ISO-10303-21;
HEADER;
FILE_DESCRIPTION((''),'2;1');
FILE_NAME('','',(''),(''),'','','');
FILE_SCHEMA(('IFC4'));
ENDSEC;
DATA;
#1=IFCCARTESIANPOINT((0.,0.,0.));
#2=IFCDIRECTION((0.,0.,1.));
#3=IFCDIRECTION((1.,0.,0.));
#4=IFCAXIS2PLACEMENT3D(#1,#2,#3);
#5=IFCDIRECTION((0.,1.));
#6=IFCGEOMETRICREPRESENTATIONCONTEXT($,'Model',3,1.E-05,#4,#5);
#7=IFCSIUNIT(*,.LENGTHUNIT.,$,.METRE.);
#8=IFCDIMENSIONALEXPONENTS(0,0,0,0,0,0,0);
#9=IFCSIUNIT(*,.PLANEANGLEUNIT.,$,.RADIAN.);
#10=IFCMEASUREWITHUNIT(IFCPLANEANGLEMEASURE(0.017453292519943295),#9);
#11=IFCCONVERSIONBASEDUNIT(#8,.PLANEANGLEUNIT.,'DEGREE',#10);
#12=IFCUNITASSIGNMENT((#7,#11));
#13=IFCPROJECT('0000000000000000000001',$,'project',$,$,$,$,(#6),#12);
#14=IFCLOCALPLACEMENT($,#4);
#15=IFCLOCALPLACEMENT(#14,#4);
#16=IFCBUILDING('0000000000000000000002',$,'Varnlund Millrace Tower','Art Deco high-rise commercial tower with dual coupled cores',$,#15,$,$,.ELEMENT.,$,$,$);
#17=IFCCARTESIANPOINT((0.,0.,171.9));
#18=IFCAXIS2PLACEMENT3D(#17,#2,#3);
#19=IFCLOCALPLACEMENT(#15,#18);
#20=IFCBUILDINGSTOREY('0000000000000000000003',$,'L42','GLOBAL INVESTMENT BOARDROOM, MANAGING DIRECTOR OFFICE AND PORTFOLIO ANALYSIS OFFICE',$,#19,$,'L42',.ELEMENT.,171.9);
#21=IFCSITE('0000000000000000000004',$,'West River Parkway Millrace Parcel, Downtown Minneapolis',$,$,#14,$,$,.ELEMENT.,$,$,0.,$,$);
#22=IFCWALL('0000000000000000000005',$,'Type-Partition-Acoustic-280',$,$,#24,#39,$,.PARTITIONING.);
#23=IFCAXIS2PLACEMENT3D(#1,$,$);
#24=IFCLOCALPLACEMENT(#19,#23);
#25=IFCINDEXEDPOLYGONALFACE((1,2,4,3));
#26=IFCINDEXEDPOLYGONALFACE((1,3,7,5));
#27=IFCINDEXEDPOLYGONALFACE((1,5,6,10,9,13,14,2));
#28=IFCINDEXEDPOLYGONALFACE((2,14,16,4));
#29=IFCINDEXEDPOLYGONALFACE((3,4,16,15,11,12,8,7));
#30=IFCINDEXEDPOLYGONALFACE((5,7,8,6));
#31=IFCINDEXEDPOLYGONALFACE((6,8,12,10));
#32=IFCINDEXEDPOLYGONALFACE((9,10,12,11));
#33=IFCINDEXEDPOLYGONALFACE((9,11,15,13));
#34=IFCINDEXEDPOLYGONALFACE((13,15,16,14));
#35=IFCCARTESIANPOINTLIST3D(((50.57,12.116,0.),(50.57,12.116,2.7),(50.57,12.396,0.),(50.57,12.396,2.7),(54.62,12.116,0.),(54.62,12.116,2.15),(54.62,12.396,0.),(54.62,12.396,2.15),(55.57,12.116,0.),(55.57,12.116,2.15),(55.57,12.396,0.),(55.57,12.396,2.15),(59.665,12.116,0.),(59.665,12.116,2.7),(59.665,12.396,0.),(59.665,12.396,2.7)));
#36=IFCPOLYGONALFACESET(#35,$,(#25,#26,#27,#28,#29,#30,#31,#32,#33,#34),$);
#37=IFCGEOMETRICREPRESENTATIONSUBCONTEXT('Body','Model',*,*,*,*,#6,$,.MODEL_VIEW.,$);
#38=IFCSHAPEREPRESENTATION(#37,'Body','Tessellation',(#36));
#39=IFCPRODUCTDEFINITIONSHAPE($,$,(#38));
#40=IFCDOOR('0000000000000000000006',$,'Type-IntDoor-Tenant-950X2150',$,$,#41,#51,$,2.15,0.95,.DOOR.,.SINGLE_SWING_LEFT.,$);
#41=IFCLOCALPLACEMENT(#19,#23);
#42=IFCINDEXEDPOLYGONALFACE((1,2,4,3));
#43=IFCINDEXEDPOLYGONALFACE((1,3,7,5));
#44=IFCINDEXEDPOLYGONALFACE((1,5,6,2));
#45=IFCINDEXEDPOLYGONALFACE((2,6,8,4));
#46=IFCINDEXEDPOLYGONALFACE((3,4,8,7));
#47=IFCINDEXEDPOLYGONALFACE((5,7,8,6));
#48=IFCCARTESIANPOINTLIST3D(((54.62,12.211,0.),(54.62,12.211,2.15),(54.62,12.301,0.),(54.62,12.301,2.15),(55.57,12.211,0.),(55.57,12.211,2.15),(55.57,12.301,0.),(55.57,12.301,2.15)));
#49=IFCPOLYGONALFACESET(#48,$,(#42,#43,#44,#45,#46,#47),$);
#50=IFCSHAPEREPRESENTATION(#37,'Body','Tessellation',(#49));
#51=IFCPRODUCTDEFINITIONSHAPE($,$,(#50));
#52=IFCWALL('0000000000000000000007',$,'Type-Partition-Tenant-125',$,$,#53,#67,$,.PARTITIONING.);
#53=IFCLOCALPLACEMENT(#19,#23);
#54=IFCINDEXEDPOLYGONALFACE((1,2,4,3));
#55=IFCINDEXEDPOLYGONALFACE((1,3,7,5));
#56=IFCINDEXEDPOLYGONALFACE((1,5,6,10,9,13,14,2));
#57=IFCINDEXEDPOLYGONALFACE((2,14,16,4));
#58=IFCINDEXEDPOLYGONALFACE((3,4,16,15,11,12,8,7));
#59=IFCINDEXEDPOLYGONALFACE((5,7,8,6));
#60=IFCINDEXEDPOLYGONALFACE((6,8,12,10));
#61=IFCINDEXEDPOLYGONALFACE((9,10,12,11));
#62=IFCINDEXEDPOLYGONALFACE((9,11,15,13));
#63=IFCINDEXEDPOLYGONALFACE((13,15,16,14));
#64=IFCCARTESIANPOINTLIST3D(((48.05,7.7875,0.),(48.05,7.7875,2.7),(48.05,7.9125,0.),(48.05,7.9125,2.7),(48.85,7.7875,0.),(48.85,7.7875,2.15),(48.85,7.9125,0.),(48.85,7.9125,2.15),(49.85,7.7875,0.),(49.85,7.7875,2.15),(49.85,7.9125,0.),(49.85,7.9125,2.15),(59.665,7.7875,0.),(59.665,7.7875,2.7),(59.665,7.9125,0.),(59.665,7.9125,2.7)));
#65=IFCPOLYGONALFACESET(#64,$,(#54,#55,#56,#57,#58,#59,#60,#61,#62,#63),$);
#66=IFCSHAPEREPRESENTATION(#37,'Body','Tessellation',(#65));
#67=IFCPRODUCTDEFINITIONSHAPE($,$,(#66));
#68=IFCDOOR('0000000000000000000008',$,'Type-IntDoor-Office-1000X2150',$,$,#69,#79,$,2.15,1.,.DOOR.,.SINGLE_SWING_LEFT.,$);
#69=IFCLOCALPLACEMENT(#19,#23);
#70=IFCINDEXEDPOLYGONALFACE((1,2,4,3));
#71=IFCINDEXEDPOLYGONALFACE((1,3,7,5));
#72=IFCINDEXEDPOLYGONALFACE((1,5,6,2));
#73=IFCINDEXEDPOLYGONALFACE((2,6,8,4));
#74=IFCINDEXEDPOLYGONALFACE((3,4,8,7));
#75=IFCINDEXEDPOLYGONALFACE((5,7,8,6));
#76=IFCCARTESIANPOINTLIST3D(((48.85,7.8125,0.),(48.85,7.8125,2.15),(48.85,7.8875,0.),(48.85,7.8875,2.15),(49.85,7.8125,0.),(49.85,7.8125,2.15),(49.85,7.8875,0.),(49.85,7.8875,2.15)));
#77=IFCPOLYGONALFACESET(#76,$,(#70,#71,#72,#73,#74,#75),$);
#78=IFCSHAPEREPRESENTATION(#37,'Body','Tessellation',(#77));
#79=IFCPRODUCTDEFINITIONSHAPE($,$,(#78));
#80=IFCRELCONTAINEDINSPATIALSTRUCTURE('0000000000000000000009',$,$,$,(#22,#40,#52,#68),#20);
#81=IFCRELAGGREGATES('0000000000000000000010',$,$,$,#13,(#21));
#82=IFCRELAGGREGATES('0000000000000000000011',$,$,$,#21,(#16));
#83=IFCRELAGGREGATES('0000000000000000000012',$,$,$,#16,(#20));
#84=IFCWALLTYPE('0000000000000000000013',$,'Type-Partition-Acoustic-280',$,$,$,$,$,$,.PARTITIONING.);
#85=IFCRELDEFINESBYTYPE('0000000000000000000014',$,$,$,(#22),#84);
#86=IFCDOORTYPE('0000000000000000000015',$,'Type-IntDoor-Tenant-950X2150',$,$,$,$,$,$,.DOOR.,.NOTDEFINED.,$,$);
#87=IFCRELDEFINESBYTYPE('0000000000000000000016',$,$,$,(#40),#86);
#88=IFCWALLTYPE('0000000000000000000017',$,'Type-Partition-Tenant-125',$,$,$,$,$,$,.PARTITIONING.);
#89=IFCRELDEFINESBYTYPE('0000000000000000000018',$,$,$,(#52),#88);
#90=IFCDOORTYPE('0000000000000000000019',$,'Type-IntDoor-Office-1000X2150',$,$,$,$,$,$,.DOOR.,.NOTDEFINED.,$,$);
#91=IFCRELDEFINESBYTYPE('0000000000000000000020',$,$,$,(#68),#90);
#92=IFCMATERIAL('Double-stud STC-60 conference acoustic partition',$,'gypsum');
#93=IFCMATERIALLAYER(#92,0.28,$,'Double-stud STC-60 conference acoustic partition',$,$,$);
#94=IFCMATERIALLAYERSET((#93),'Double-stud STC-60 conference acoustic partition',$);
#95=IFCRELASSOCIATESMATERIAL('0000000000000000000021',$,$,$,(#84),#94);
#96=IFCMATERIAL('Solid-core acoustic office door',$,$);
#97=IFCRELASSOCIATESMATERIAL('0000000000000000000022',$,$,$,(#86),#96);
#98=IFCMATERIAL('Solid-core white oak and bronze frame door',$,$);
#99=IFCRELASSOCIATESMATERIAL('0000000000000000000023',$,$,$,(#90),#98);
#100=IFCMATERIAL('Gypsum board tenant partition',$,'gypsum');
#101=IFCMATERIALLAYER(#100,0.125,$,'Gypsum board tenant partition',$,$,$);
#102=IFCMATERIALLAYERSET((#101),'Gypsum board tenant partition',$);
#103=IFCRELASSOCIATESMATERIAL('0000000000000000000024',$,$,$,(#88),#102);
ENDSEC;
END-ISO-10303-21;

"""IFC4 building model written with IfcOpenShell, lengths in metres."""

from ifc_helpers import new_model, entity, si_unit, converted_unit, direction, frame, origin_with_axes, origin_2d_with_axis, place, context, subcontext, project, spatial, polyline, rectangle, outline, extrude, material, layer, layer_set, type_object, element, fill, save


model = new_model("IFC4")

# Units and contexts
model_context = context("Model", 3, precision=1e-05, world=origin_with_axes(), true_north=direction((0.0, 1.0)))
body_context = subcontext(model_context, "Body", "Model", "MODEL_VIEW")
ifc_project = project(units=[si_unit("LENGTHUNIT", "METRE"), converted_unit("PLANEANGLEUNIT", "DEGREE", entity("IfcPlaneAngleMeasure", 0.017453292519943295), si_unit("PLANEANGLEUNIT", "RADIAN"), dimensions=[0, 0, 0, 0, 0, 0, 0])], contexts=[model_context])

# Site, building, storey
site_placement = place(None, origin_with_axes())
site = spatial("IfcSite", under=ifc_project, at=site_placement, Name="West River Parkway Millrace Parcel, Downtown Minneapolis", CompositionType="ELEMENT", RefElevation=0.0)
building_placement = place(site_placement, origin_with_axes())
building = spatial("IfcBuilding", under=site, at=building_placement, Name="Varnlund Millrace Tower", Description="Art Deco high-rise commercial tower with dual coupled cores", CompositionType="ELEMENT")
storey_placement = place(building_placement, frame((0.0, 0.0, 171.9), z_axis=(0.0, 0.0, 1.0), x_axis=(1.0, 0.0, 0.0)))
storey = spatial("IfcBuildingStorey", under=building, at=storey_placement, Name="L42", Description="GLOBAL INVESTMENT BOARDROOM, MANAGING DIRECTOR OFFICE AND PORTFOLIO ANALYSIS OFFICE", LongName="L42", CompositionType="ELEMENT", Elevation=171.9)

# Wall, opening, door
ifc_material_1 = material(Name="Double-stud STC-60 conference acoustic partition", Category="gypsum")
ifc_layer_1 = layer(ifc_material_1, 0.28, Name="Double-stud STC-60 conference acoustic partition")
ifc_layer_set_1 = layer_set([ifc_layer_1], Name="Double-stud STC-60 conference acoustic partition")
wall_type_1 = type_object("IfcWallType", Name="Type-Partition-Acoustic-280", PredefinedType="PARTITIONING", material=ifc_layer_set_1)
wall_1_placement = place(storey_placement, frame((50.57, 12.256, 0.0), z_axis=(0.0, 0.0, 1.0), x_axis=(1.0, 0.0, 0.0)))
wall_1 = element("IfcWall", 1, at=wall_1_placement, inside=storey, type_object=wall_type_1, Name="Type-Partition-Acoustic-280", PredefinedType="PARTITIONING", context=body_context, shape_type="SweptSolid", body=[
    extrude(outline(polyline([(0.0, -0.14), (9.095, -0.14), (9.095, 0.14), (0.0, 0.14), (0.0, -0.14)])), origin_with_axes(), (0.0, 0.0, 1.0), 2.7),
])
opening_1_placement = place(wall_1_placement, frame((4.525, 0.0, 0.0), z_axis=(0.0, 0.0, 1.0), x_axis=(1.0, 0.0, 0.0)))
opening_1 = element("IfcOpeningElement", 2, at=opening_1_placement, cuts=wall_1, PredefinedType="OPENING", context=body_context, shape_type="SweptSolid", body=[
    extrude(rectangle(XDim=0.95, YDim=0.3, at=origin_2d_with_axis()), origin_with_axes(), (0.0, 0.0, 1.0), 2.15),
])
ifc_material_2 = material(Name="Solid-core acoustic office door")
door_type_1 = type_object("IfcDoorType", Name="Type-IntDoor-Tenant-950X2150", OperationType="NOTDEFINED", PredefinedType="DOOR", material=ifc_material_2)
door_1_placement = place(wall_1_placement, frame((4.525, 0.0, 0.0), z_axis=(0.0, 0.0, 1.0), x_axis=(1.0, 0.0, 0.0)))
door_1 = element("IfcDoor", 3, at=door_1_placement, inside=storey, type_object=door_type_1, Name="Type-IntDoor-Tenant-950X2150", OperationType="SINGLE_SWING_LEFT", OverallHeight=2.15, OverallWidth=0.95, PredefinedType="DOOR", context=body_context, shape_type="SweptSolid", body=[
    extrude(rectangle(XDim=0.95, YDim=0.09, at=origin_2d_with_axis()), origin_with_axes(), (0.0, 0.0, 1.0), 2.15),
])
fill(opening_1, door_1)

# Shared definitions
ifc_material_3 = material(Name="Solid-core white oak and bronze frame door")
door_type_2 = type_object("IfcDoorType", Name="Type-IntDoor-Office-1000X2150", OperationType="NOTDEFINED", PredefinedType="DOOR", material=ifc_material_3)

# Wall, opening, door
ifc_material_4 = material(Name="Gypsum board tenant partition", Category="gypsum")
ifc_layer_2 = layer(ifc_material_4, 0.125, Name="Gypsum board tenant partition")
ifc_layer_set_2 = layer_set([ifc_layer_2], Name="Gypsum board tenant partition")
wall_type_2 = type_object("IfcWallType", Name="Type-Partition-Tenant-125", PredefinedType="PARTITIONING", material=ifc_layer_set_2)
wall_2_placement = place(storey_placement, frame((59.665, 7.85, 0.0), z_axis=(0.0, 0.0, 1.0), x_axis=(-1.0, 0.0, 0.0)))
wall_2 = element("IfcWall", 4, at=wall_2_placement, inside=storey, type_object=wall_type_2, Name="Type-Partition-Tenant-125", PredefinedType="PARTITIONING", context=body_context, shape_type="SweptSolid", body=[
    extrude(outline(polyline([(0.0, -0.0625), (11.615, -0.0625), (11.615, 0.0625), (0.0, 0.0625), (0.0, -0.0625)])), origin_with_axes(), (0.0, 0.0, 1.0), 2.7),
])
opening_2_placement = place(wall_2_placement, frame((10.315, 0.0, 0.0), z_axis=(0.0, 0.0, 1.0), x_axis=(1.0, 0.0, 0.0)))
opening_2 = element("IfcOpeningElement", 5, at=opening_2_placement, cuts=wall_2, PredefinedType="OPENING", context=body_context, shape_type="SweptSolid", body=[
    extrude(rectangle(XDim=1.0, YDim=0.145, at=origin_2d_with_axis()), origin_with_axes(), (0.0, 0.0, 1.0), 2.15),
])
door_2_placement = place(wall_2_placement, frame((10.315, 0.0, 0.0), z_axis=(0.0, 0.0, 1.0), x_axis=(1.0, 0.0, 0.0)))
door_2 = element("IfcDoor", 6, at=door_2_placement, inside=storey, type_object=door_type_2, Name="Type-IntDoor-Office-1000X2150", OperationType="SINGLE_SWING_LEFT", OverallHeight=2.15, OverallWidth=1.0, PredefinedType="DOOR", context=body_context, shape_type="SweptSolid", body=[
    extrude(rectangle(XDim=1.0, YDim=0.075, at=origin_2d_with_axis()), origin_with_axes(), (0.0, 0.0, 1.0), 2.15),
])
fill(opening_2, door_2)

save(model, "model.ifc")
